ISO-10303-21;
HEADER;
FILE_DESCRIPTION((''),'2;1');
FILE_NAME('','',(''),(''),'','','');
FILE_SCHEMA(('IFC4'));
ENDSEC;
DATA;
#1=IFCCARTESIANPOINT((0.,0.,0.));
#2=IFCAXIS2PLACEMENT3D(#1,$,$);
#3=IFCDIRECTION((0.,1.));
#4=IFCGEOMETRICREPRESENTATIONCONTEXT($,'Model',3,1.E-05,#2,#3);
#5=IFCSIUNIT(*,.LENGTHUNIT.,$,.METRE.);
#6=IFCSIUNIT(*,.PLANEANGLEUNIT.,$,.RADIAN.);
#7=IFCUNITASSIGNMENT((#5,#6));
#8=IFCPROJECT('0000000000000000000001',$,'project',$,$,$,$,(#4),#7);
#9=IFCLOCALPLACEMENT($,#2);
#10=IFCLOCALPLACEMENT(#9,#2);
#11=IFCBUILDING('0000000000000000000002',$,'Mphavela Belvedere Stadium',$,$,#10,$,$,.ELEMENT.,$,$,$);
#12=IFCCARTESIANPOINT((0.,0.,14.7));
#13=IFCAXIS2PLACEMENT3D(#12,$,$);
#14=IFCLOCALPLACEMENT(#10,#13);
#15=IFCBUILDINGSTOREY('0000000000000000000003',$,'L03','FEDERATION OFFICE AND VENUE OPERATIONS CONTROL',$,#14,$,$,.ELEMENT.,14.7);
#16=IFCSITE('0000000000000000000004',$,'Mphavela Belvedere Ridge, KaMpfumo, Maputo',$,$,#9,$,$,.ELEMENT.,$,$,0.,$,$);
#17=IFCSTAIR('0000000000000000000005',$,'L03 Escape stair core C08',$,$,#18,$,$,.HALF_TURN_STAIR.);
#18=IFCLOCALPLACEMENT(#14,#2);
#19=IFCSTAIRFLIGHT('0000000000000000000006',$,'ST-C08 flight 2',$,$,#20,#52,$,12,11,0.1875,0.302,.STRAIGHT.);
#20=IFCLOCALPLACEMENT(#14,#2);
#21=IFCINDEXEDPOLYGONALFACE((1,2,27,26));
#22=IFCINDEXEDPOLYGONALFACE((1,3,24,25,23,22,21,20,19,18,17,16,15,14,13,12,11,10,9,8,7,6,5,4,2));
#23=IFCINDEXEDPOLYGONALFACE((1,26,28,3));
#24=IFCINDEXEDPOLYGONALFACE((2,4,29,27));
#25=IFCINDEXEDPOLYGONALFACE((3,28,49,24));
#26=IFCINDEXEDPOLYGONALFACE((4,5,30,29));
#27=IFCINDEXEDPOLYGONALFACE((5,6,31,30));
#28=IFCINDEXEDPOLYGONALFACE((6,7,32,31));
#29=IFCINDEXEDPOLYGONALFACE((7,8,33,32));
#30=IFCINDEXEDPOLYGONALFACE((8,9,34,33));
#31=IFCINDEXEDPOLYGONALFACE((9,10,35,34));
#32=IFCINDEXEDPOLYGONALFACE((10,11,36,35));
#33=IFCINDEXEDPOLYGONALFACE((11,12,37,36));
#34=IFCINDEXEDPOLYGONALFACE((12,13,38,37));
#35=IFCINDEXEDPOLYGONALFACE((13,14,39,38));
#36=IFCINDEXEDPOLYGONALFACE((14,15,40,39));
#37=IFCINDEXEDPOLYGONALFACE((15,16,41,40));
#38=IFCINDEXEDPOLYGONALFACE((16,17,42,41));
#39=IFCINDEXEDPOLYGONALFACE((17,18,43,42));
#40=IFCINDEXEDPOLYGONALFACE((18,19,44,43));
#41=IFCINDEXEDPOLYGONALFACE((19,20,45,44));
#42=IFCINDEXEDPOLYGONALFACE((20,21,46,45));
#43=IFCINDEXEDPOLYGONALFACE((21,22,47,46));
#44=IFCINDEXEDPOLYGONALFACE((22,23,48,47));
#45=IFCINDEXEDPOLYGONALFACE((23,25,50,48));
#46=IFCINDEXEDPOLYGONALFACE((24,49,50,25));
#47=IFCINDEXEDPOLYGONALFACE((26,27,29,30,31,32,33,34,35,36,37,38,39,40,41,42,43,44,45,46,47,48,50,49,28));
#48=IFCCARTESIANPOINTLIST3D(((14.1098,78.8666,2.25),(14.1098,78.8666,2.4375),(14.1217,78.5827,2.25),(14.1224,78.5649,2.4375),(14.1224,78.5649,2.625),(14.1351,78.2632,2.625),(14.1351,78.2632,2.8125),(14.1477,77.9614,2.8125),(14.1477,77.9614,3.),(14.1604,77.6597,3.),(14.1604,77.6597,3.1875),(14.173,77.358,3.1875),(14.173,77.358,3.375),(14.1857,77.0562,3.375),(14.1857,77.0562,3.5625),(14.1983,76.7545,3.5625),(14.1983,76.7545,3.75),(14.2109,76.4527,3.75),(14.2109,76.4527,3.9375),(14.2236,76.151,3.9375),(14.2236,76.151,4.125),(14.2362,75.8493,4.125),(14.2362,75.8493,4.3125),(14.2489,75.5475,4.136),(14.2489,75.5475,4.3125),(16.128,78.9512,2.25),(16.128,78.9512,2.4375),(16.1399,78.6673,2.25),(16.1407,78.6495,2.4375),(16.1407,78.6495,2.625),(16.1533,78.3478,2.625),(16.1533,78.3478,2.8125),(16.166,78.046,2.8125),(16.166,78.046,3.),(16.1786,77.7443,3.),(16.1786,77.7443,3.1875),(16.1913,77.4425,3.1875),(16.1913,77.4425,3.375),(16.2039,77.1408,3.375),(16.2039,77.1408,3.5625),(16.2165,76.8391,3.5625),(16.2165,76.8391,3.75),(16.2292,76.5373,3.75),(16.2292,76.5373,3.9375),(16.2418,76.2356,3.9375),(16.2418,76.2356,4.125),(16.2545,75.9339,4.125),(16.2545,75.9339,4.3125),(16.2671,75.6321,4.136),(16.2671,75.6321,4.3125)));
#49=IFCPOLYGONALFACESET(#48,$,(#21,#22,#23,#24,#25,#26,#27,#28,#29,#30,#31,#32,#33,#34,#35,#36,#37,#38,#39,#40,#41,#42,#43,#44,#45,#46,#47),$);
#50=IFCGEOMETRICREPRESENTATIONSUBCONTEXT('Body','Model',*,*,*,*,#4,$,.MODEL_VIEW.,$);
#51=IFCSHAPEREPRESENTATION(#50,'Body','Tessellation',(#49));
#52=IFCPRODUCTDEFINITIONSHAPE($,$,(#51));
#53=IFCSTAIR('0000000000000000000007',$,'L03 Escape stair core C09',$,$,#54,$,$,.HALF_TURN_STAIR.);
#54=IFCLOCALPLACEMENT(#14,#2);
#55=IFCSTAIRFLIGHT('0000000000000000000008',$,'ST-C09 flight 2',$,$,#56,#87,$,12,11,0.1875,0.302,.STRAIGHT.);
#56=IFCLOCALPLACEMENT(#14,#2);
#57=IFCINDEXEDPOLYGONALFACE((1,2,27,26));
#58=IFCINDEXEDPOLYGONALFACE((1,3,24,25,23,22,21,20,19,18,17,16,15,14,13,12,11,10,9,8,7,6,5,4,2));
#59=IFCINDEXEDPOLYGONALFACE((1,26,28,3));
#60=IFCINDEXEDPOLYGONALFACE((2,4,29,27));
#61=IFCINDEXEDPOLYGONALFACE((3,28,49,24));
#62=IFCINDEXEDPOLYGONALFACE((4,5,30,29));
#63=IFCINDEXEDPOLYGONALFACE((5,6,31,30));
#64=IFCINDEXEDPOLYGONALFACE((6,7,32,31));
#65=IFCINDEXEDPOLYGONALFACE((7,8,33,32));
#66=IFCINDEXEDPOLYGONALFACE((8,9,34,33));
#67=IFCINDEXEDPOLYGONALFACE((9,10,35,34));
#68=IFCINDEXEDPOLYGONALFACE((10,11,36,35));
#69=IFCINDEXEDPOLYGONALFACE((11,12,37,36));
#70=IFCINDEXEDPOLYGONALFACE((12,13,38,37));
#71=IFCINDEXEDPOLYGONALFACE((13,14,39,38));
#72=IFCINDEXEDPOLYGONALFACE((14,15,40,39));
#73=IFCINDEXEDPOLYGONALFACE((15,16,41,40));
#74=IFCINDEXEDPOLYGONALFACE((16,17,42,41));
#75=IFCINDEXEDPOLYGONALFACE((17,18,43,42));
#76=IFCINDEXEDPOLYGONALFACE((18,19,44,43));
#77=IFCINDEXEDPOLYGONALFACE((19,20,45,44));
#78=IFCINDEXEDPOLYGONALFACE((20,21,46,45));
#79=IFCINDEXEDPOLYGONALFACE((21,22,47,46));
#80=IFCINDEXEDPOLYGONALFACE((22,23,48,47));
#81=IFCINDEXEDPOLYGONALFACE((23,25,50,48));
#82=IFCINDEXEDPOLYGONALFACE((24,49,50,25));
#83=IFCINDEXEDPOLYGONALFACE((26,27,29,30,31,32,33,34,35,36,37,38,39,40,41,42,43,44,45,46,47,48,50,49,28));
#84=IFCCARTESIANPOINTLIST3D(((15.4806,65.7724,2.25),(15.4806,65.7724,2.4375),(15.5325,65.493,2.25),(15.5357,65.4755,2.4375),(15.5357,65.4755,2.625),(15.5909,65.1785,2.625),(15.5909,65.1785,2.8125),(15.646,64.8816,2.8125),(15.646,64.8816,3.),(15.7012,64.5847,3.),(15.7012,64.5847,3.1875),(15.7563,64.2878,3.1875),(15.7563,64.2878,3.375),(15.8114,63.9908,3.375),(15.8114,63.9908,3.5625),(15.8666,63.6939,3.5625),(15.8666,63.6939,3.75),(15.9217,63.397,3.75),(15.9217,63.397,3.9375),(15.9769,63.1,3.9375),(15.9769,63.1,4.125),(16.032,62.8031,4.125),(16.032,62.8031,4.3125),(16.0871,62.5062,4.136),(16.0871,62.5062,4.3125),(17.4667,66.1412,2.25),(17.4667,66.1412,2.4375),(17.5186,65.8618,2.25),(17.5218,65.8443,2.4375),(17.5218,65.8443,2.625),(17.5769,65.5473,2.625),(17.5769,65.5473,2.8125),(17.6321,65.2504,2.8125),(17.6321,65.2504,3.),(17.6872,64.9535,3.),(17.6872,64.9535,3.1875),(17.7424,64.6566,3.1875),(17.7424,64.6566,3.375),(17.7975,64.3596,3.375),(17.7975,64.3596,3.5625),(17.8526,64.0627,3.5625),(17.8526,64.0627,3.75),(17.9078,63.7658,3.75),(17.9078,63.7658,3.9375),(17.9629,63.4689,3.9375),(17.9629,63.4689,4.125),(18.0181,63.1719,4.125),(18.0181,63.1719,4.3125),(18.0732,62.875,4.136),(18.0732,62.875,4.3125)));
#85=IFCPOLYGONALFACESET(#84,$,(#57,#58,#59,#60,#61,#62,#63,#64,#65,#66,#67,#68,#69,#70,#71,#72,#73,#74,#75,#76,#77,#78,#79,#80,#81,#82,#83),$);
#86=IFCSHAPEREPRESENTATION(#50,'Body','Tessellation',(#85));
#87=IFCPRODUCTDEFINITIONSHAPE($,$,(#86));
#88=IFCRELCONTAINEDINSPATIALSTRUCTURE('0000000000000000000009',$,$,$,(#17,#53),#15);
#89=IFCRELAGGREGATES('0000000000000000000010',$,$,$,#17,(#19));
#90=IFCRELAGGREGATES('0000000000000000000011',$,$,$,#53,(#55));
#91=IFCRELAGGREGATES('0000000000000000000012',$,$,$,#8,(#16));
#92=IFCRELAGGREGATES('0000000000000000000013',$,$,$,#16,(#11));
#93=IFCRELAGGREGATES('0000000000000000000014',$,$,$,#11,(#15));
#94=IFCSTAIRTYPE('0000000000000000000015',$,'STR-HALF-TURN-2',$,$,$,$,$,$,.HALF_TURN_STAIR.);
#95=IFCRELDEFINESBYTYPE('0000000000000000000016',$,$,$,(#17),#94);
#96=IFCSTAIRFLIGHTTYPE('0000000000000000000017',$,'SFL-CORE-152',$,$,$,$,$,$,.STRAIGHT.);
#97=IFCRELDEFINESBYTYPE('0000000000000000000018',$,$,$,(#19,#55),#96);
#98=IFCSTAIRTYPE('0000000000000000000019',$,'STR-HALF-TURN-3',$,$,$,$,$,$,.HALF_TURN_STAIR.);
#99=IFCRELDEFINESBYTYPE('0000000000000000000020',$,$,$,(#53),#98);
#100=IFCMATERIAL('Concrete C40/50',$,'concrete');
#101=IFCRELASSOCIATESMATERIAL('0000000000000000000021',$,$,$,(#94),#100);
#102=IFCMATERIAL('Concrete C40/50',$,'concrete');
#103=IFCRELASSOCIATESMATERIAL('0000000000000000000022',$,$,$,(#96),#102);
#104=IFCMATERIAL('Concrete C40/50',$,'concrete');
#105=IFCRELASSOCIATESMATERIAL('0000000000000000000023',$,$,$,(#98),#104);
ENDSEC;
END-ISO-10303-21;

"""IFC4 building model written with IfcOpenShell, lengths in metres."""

from ifc_helpers import new_model, si_unit, direction, frame, origin, place, context, subcontext, project, spatial, polyline, outline, extrude, material, type_object, element, aggregate, save


model = new_model("IFC4")

# Units and contexts
model_context = context("Model", 3, precision=1e-05, world=origin(), true_north=direction((0.0, 1.0)))
body_context = subcontext(model_context, "Body", "Model", "MODEL_VIEW")
ifc_project = project(units=[si_unit("LENGTHUNIT", "METRE"), si_unit("PLANEANGLEUNIT", "RADIAN")], contexts=[model_context])

# Site, building, storey
site_placement = place(None, origin())
site = spatial("IfcSite", under=ifc_project, at=site_placement, Name="Mphavela Belvedere Ridge, KaMpfumo, Maputo", CompositionType="ELEMENT", RefElevation=0.0)
building_placement = place(site_placement, origin())
building = spatial("IfcBuilding", under=site, at=building_placement, Name="Mphavela Belvedere Stadium", CompositionType="ELEMENT")
storey_placement = place(building_placement, frame((0.0, 0.0, 14.7)))
storey = spatial("IfcBuildingStorey", under=building, at=storey_placement, Name="L03", Description="FEDERATION OFFICE AND VENUE OPERATIONS CONTROL", CompositionType="ELEMENT", Elevation=14.7)

# Stair, stair flight
ifc_material_1 = material(Name="Concrete C40/50", Category="concrete")
stair_type_1 = type_object("IfcStairType", Name="STR-HALF-TURN-2", PredefinedType="HALF_TURN_STAIR", material=ifc_material_1)
stair_1_placement = place(storey_placement, origin())
stair_1 = element("IfcStair", 1, at=stair_1_placement, inside=storey, type_object=stair_type_1, Name="L03 Escape stair core C08", PredefinedType="HALF_TURN_STAIR")
ifc_material_2 = material(Name="Concrete C40/50", Category="concrete")
stair_flight_type = type_object("IfcStairFlightType", Name="SFL-CORE-152", PredefinedType="STRAIGHT", material=ifc_material_2)
stair_flight_1_placement = place(storey_placement, frame((15.1189, 78.9089, 2.25), z_axis=(0.0, 0.0, 1.0), x_axis=(0.041876, -0.999123, 0.0)))
stair_flight_1 = element("IfcStairFlight", 2, at=stair_flight_1_placement, type_object=stair_flight_type, Name="ST-C08 flight 2", NumberOfRisers=12, NumberOfTreads=11, PredefinedType="STRAIGHT", RiserHeight=0.1875, TreadLength=0.302, context=body_context, shape_type="SweptSolid", body=[
    extrude(outline(polyline([(0.0, 0.0), (0.0, 0.1875), (0.302, 0.1875), (0.302, 0.375), (0.604, 0.375), (0.604, 0.5625), (0.906, 0.5625), (0.906, 0.75), (1.208, 0.75), (1.208, 0.9375), (1.51, 0.9375), (1.51, 1.125), (1.812, 1.125), (1.812, 1.3125), (2.114, 1.3125), (2.114, 1.5), (2.416, 1.5), (2.416, 1.6875), (2.718, 1.6875), (2.718, 1.875), (3.02, 1.875), (3.02, 2.0625), (3.322, 2.0625), (3.322, 2.25), (3.322, 1.886), (0.2842, 0.0), (0.0, 0.0)])), frame((0.0, 1.01, 0.0), z_axis=(0.0, -1.0, 0.0), x_axis=(1.0, 0.0, 0.0)), (0.0, 0.0, 1.0), 2.02),
])
aggregate(stair_1, [stair_flight_1])

# Stair, stair flight
ifc_material_3 = material(Name="Concrete C40/50", Category="concrete")
stair_type_2 = type_object("IfcStairType", Name="STR-HALF-TURN-3", PredefinedType="HALF_TURN_STAIR", material=ifc_material_3)
stair_2_placement = place(storey_placement, origin())
stair_2 = element("IfcStair", 3, at=stair_2_placement, inside=storey, type_object=stair_type_2, Name="L03 Escape stair core C09", PredefinedType="HALF_TURN_STAIR")
stair_flight_2_placement = place(storey_placement, frame((16.4736, 65.9568, 2.25), z_axis=(0.0, 0.0, 1.0), x_axis=(0.182579, -0.983191, 0.0)))
stair_flight_2 = element("IfcStairFlight", 4, at=stair_flight_2_placement, type_object=stair_flight_type, Name="ST-C09 flight 2", NumberOfRisers=12, NumberOfTreads=11, PredefinedType="STRAIGHT", RiserHeight=0.1875, TreadLength=0.302, context=body_context, shape_type="SweptSolid", body=[
    extrude(outline(polyline([(0.0, 0.0), (0.0, 0.1875), (0.302, 0.1875), (0.302, 0.375), (0.604, 0.375), (0.604, 0.5625), (0.906, 0.5625), (0.906, 0.75), (1.208, 0.75), (1.208, 0.9375), (1.51, 0.9375), (1.51, 1.125), (1.812, 1.125), (1.812, 1.3125), (2.114, 1.3125), (2.114, 1.5), (2.416, 1.5), (2.416, 1.6875), (2.718, 1.6875), (2.718, 1.875), (3.02, 1.875), (3.02, 2.0625), (3.322, 2.0625), (3.322, 2.25), (3.322, 1.886), (0.2842, 0.0), (0.0, 0.0)])), frame((0.0, 1.01, 0.0), z_axis=(0.0, -1.0, 0.0), x_axis=(1.0, 0.0, 0.0)), (0.0, 0.0, 1.0), 2.02),
])
aggregate(stair_2, [stair_flight_2])

save(model, "model.ifc")
